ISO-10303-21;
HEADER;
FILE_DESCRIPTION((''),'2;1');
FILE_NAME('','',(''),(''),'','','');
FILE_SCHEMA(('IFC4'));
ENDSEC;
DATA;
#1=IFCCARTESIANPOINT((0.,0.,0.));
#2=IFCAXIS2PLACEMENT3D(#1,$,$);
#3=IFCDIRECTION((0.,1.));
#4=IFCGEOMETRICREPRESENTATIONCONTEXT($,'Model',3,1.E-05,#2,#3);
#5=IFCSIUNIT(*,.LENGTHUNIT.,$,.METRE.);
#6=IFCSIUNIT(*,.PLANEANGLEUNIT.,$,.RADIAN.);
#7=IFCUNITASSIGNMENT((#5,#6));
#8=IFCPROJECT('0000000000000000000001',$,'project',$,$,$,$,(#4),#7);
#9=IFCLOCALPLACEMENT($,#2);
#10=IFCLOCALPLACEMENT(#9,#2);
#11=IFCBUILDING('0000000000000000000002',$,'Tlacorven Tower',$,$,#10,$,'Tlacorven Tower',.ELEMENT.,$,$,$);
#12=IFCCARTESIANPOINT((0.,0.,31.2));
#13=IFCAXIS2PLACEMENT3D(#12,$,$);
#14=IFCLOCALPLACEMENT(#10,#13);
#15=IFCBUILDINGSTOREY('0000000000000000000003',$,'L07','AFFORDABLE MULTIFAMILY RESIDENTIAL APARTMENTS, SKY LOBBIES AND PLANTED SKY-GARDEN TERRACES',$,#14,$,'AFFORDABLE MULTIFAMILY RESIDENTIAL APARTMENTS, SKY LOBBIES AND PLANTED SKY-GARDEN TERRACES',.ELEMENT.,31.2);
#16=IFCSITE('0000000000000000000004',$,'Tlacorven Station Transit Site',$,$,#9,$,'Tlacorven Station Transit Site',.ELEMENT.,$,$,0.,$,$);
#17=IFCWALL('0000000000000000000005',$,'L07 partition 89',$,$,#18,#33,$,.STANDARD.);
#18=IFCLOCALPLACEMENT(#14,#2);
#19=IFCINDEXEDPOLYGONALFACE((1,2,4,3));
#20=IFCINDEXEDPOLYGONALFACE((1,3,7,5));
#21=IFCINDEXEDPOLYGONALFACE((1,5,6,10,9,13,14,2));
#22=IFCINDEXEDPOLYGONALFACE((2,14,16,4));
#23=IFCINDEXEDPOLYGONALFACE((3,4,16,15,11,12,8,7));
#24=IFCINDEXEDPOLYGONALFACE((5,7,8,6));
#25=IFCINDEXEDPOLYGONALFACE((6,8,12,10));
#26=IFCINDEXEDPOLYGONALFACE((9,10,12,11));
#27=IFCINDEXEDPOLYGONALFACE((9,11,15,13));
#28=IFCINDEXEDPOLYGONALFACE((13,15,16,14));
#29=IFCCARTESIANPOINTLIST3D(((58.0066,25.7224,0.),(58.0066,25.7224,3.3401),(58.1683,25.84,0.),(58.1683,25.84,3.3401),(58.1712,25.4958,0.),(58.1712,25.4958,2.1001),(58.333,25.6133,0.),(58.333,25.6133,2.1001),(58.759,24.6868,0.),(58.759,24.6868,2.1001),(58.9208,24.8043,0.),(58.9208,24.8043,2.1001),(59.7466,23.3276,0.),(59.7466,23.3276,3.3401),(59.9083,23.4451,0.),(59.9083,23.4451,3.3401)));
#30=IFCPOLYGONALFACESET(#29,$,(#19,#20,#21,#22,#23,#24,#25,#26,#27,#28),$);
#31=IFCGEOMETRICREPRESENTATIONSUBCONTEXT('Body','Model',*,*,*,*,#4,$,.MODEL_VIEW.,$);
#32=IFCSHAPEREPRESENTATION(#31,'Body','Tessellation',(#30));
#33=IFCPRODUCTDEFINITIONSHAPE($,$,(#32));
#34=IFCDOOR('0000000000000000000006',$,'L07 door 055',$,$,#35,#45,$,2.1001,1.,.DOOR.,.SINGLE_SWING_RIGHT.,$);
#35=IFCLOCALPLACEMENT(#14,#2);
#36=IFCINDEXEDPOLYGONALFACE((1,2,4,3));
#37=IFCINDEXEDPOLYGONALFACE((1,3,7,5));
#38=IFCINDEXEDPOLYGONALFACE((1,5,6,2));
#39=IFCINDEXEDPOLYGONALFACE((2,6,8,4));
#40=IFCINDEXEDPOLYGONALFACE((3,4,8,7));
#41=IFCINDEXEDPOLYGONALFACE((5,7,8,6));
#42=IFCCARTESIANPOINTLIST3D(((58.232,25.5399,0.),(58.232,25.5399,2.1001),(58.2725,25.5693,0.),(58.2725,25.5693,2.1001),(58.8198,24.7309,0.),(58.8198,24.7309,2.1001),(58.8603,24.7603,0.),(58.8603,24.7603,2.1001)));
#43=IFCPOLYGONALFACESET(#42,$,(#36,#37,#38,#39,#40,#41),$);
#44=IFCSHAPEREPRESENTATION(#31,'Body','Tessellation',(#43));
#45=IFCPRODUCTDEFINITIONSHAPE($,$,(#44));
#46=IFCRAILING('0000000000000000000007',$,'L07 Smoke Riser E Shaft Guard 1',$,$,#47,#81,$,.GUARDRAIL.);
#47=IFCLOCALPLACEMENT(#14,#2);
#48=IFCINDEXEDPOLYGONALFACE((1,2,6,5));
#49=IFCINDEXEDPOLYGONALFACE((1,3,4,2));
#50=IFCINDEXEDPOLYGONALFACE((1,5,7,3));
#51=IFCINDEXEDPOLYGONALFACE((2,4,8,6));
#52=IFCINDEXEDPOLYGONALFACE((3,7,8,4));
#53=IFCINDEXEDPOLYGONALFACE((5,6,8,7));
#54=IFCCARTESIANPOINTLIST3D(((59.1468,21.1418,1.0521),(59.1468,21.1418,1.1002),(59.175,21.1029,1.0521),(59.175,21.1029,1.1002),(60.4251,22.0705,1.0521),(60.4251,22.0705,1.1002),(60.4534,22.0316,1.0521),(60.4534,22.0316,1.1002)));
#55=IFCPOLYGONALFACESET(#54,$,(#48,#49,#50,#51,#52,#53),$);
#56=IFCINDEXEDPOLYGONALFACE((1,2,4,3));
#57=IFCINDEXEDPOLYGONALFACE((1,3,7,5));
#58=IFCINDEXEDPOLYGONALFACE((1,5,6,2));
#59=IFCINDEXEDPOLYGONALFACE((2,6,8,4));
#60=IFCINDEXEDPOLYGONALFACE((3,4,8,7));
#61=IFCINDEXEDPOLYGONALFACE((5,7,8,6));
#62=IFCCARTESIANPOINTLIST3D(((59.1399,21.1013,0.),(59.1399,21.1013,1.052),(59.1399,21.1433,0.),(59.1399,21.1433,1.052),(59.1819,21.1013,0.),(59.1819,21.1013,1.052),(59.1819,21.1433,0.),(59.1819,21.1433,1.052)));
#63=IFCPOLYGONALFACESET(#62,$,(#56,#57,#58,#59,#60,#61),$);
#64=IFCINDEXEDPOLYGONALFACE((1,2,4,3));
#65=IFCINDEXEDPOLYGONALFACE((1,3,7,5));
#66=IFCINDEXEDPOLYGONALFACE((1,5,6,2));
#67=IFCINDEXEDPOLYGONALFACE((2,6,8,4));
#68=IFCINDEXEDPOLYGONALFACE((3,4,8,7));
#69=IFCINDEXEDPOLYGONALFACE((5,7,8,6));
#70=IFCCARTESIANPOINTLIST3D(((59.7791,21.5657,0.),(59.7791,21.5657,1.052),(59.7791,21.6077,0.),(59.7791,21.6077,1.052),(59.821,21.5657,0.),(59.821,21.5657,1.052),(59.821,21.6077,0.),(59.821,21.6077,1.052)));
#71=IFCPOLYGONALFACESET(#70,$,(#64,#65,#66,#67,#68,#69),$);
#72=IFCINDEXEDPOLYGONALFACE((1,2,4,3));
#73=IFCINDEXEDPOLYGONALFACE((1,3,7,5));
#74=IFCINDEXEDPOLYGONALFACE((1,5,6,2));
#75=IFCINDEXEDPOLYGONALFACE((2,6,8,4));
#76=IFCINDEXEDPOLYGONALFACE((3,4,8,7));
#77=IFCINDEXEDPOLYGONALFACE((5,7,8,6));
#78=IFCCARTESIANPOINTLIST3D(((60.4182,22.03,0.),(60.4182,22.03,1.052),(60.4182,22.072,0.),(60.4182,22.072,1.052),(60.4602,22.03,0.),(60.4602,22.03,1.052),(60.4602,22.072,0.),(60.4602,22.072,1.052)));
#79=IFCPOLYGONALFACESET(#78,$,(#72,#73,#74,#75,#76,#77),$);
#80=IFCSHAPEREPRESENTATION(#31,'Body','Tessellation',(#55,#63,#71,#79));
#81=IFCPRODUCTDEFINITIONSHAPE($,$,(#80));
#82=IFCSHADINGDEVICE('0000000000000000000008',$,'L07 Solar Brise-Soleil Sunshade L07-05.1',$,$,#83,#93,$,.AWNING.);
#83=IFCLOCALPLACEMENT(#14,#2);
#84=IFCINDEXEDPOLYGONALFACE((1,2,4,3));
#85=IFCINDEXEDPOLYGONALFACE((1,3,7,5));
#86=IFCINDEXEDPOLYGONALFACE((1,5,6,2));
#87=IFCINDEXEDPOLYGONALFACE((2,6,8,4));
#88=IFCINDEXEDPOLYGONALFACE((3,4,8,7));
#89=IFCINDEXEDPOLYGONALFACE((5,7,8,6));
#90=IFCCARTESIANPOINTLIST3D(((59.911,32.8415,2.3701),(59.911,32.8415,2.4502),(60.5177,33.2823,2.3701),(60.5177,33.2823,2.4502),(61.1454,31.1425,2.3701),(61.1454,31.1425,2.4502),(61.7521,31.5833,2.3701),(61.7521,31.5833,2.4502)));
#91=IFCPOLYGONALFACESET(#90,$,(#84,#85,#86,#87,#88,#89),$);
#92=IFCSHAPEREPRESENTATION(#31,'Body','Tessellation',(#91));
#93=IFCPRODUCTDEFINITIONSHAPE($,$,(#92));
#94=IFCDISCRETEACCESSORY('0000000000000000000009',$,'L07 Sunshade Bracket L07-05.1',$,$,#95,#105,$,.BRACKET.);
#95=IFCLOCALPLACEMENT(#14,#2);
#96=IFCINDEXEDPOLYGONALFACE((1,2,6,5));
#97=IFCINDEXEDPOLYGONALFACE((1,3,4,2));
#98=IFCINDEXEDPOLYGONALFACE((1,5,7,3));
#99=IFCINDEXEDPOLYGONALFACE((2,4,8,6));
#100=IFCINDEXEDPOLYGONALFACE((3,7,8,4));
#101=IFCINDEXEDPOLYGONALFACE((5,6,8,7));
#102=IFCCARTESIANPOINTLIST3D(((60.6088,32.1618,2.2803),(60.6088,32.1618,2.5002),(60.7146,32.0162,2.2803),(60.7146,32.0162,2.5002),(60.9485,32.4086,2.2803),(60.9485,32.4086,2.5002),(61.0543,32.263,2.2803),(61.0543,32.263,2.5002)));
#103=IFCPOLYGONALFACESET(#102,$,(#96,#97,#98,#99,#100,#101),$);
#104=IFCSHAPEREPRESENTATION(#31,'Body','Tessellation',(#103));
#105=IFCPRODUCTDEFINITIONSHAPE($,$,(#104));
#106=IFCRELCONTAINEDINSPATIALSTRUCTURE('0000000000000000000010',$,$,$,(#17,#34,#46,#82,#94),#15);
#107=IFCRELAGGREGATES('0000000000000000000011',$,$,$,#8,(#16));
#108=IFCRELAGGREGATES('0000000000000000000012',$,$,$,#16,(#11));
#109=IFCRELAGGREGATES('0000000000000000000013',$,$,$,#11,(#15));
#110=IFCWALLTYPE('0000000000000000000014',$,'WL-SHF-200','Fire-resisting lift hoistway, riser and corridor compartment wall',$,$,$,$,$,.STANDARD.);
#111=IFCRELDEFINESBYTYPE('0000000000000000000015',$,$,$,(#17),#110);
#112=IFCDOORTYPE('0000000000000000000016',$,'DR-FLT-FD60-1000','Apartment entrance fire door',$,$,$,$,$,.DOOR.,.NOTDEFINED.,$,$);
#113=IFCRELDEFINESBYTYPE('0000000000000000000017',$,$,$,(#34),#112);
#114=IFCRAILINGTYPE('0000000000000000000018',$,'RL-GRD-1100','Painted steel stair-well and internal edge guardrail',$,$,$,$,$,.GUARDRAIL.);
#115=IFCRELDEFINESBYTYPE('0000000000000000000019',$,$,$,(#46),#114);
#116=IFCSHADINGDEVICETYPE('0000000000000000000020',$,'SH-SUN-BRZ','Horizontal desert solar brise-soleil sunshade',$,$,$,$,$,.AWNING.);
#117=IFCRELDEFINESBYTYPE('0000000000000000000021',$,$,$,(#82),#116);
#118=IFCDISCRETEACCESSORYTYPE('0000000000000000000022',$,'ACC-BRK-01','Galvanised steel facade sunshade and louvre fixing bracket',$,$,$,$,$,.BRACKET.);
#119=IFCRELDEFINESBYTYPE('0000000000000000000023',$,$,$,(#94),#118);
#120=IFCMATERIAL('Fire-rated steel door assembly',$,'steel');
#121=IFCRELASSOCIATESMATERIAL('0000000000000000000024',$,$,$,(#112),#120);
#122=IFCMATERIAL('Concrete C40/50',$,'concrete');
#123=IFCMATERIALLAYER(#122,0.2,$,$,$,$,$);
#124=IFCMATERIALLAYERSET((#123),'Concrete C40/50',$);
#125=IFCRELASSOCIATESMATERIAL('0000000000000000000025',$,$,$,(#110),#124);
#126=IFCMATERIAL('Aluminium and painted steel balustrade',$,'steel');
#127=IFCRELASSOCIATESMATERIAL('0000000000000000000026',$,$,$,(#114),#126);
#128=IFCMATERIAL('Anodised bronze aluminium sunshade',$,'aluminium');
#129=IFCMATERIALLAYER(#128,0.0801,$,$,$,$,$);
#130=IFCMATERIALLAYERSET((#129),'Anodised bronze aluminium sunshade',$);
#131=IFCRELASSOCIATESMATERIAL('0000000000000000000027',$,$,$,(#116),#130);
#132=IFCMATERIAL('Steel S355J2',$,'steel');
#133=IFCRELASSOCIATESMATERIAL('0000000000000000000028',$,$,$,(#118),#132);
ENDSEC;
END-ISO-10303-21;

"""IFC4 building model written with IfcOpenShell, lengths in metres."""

from ifc_helpers import new_model, si_unit, direction, frame, frame_2d, origin, origin_2d, place, context, subcontext, project, spatial, rectangle, extrude, source, transform, mapped, material, layer, layer_set, type_object, element, fill, save


model = new_model("IFC4")

# Units and contexts
model_context = context("Model", 3, precision=1e-05, world=origin(), true_north=direction((0.0, 1.0)))
body_context = subcontext(model_context, "Body", "Model", "MODEL_VIEW")
ifc_project = project(units=[si_unit("LENGTHUNIT", "METRE"), si_unit("PLANEANGLEUNIT", "RADIAN")], contexts=[model_context])

# Site, building, storey
site_placement = place(None, origin())
site = spatial("IfcSite", under=ifc_project, at=site_placement, Name="Tlacorven Station Transit Site", LongName="Tlacorven Station Transit Site", CompositionType="ELEMENT", RefElevation=0.0)
building_placement = place(site_placement, origin())
building = spatial("IfcBuilding", under=site, at=building_placement, Name="Tlacorven Tower", LongName="Tlacorven Tower", CompositionType="ELEMENT")
storey_placement = place(building_placement, frame((0.0, 0.0, 31.2)))
storey = spatial("IfcBuildingStorey", under=building, at=storey_placement, Name="L07", Description="AFFORDABLE MULTIFAMILY RESIDENTIAL APARTMENTS, SKY LOBBIES AND PLANTED SKY-GARDEN TERRACES", LongName="AFFORDABLE MULTIFAMILY RESIDENTIAL APARTMENTS, SKY LOBBIES AND PLANTED SKY-GARDEN TERRACES", CompositionType="ELEMENT", Elevation=31.2)

# Shared definitions
ifc_material_1 = material(Name="Steel S355J2", Category="steel")

# Shared definitions
ifc_material_2 = material(Name="Fire-rated steel door assembly", Category="steel")
door_type_1 = type_object("IfcDoorType", Name="DR-FLT-FD60-1000", Description="Apartment entrance fire door", OperationType="NOTDEFINED", PredefinedType="DOOR", material=ifc_material_2)
shared_shape_1 = source(origin(), body_context, "Body", "SweptSolid", [
    extrude(rectangle(XDim=1.0, YDim=2.1001, at=frame_2d((0.5, 1.05))), frame((0.0, 0.0249, 0.0), z_axis=(0.0, -1.0, 0.0), x_axis=(1.0, 0.0, 0.0)), (0.0, 0.0, 1.0), 0.05),
])

# Shared definitions
ifc_material_3 = material(Name="Concrete C40/50", Category="concrete")
ifc_layer_1 = layer(ifc_material_3, 0.2)
ifc_layer_set_1 = layer_set([ifc_layer_1], Name="Concrete C40/50")
wall_type_1 = type_object("IfcWallType", Name="WL-SHF-200", Description="Fire-resisting lift hoistway, riser and corridor compartment wall", PredefinedType="STANDARD", material=ifc_layer_set_1)

# Wall, opening, door
wall_1_placement = place(storey_placement, frame((59.8274, 23.3865, 0.0), z_axis=(0.0, 0.0, 1.0), x_axis=(-0.587804, 0.809003, 0.0)))
wall_1 = element("IfcWall", 1, at=wall_1_placement, inside=storey, type_object=wall_type_1, Name="L07 partition 89", PredefinedType="STANDARD", context=body_context, shape_type="SweptSolid", body=[
    extrude(rectangle(XDim=2.9602, YDim=0.2, at=frame_2d((1.48, 0.0))), origin(), (0.0, 0.0, 1.0), 3.3401),
])
opening_1_placement = place(wall_1_placement, frame((1.6799, 0.0, 0.0)))
opening_1 = element("IfcOpeningElement", 2, at=opening_1_placement, cuts=wall_1, PredefinedType="OPENING", context=body_context, shape_type="SweptSolid", body=[
    extrude(rectangle(XDim=1.0, YDim=2.1001, at=frame_2d((0.5, 1.05))), frame((0.0, 0.1099, 0.0), z_axis=(0.0, -1.0, 0.0), x_axis=(1.0, 0.0, 0.0)), (0.0, 0.0, 1.0), 0.22),
])
door_1_placement = place(opening_1_placement, origin())
door_1 = element("IfcDoor", 3, at=door_1_placement, inside=storey, type_object=door_type_1, Name="L07 door 055", OperationType="SINGLE_SWING_RIGHT", OverallHeight=2.1001, OverallWidth=1.0, PredefinedType="DOOR", context=body_context, shape_type="MappedRepresentation", body=[
    mapped(shared_shape_1, transform((0.0, 0.0, 0.0), scale=1.0)),
])
fill(opening_1, door_1)

# Railing
ifc_material_4 = material(Name="Aluminium and painted steel balustrade", Category="steel")
railing_type = type_object("IfcRailingType", Name="RL-GRD-1100", Description="Painted steel stair-well and internal edge guardrail", PredefinedType="GUARDRAIL", material=ifc_material_4)
shared_shape_2 = source(origin(), body_context, "Body", "SweptSolid", [
    extrude(rectangle(XDim=0.0481, YDim=0.0481, at=origin_2d()), frame((0.0, 0.0, 1.0762), z_axis=(0.80903, 0.587767, 0.0), x_axis=(-0.587767, 0.80903, 0.0)), (0.0, 0.0, 1.0), 1.5801),
    extrude(rectangle(XDim=0.042, YDim=0.042, at=origin_2d()), origin(), (0.0, 0.0, 1.0), 1.052),
    extrude(rectangle(XDim=0.042, YDim=0.042, at=origin_2d()), frame((0.6392, 0.4644, 0.0)), (0.0, 0.0, 1.0), 1.052),
    extrude(rectangle(XDim=0.042, YDim=0.042, at=origin_2d()), frame((1.2783, 0.9287, 0.0)), (0.0, 0.0, 1.0), 1.052),
])
railing_placement = place(storey_placement, frame((59.1609, 21.1223, 0.0)))
element("IfcRailing", 4, at=railing_placement, inside=storey, type_object=railing_type, Name="L07 Smoke Riser E Shaft Guard 1", PredefinedType="GUARDRAIL", context=body_context, shape_type="MappedRepresentation", body=[
    mapped(shared_shape_2, transform((0.0, 0.0, 0.0), scale=1.0)),
])

# Shading device
ifc_material_5 = material(Name="Anodised bronze aluminium sunshade", Category="aluminium")
ifc_layer_2 = layer(ifc_material_5, 0.0801)
ifc_layer_set_2 = layer_set([ifc_layer_2], Name="Anodised bronze aluminium sunshade")
shading_device_type = type_object("IfcShadingDeviceType", Name="SH-SUN-BRZ", Description="Horizontal desert solar brise-soleil sunshade", PredefinedType="AWNING", material=ifc_layer_set_2)
shared_shape_3 = source(origin(), body_context, "Body", "SweptSolid", [
    extrude(rectangle(XDim=2.1001, YDim=0.75, at=origin_2d()), origin(), (0.0, 0.0, 1.0), 0.0801),
])
shading_device_placement = place(storey_placement, frame((60.8315, 32.2124, 2.3701), z_axis=(0.0, 0.0, 1.0), x_axis=(0.587785, -0.809017, 0.0)))
element("IfcShadingDevice", 5, at=shading_device_placement, inside=storey, type_object=shading_device_type, Name="L07 Solar Brise-Soleil Sunshade L07-05.1", PredefinedType="AWNING", context=body_context, shape_type="MappedRepresentation", body=[
    mapped(shared_shape_3, transform((0.0, 0.0, 0.0), scale=1.0)),
])

# Discrete accessory
discrete_accessory_type = type_object("IfcDiscreteAccessoryType", Name="ACC-BRK-01", Description="Galvanised steel facade sunshade and louvre fixing bracket", PredefinedType="BRACKET", material=ifc_material_1)
shared_shape_4 = source(origin(), body_context, "Body", "SweptSolid", [
    extrude(rectangle(XDim=0.1799, YDim=0.4199, at=origin_2d()), origin(), (0.0, 0.0, 1.0), 0.22),
])
discrete_accessory_placement = place(storey_placement, frame((60.8315, 32.2124, 2.2803), z_axis=(0.0, 0.0, 1.0), x_axis=(0.587785, -0.809017, 0.0)))
element("IfcDiscreteAccessory", 6, at=discrete_accessory_placement, inside=storey, type_object=discrete_accessory_type, Name="L07 Sunshade Bracket L07-05.1", PredefinedType="BRACKET", context=body_context, shape_type="MappedRepresentation", body=[
    mapped(shared_shape_4, transform((0.0, 0.0, 0.0), scale=1.0)),
])

save(model, "model.ifc")
